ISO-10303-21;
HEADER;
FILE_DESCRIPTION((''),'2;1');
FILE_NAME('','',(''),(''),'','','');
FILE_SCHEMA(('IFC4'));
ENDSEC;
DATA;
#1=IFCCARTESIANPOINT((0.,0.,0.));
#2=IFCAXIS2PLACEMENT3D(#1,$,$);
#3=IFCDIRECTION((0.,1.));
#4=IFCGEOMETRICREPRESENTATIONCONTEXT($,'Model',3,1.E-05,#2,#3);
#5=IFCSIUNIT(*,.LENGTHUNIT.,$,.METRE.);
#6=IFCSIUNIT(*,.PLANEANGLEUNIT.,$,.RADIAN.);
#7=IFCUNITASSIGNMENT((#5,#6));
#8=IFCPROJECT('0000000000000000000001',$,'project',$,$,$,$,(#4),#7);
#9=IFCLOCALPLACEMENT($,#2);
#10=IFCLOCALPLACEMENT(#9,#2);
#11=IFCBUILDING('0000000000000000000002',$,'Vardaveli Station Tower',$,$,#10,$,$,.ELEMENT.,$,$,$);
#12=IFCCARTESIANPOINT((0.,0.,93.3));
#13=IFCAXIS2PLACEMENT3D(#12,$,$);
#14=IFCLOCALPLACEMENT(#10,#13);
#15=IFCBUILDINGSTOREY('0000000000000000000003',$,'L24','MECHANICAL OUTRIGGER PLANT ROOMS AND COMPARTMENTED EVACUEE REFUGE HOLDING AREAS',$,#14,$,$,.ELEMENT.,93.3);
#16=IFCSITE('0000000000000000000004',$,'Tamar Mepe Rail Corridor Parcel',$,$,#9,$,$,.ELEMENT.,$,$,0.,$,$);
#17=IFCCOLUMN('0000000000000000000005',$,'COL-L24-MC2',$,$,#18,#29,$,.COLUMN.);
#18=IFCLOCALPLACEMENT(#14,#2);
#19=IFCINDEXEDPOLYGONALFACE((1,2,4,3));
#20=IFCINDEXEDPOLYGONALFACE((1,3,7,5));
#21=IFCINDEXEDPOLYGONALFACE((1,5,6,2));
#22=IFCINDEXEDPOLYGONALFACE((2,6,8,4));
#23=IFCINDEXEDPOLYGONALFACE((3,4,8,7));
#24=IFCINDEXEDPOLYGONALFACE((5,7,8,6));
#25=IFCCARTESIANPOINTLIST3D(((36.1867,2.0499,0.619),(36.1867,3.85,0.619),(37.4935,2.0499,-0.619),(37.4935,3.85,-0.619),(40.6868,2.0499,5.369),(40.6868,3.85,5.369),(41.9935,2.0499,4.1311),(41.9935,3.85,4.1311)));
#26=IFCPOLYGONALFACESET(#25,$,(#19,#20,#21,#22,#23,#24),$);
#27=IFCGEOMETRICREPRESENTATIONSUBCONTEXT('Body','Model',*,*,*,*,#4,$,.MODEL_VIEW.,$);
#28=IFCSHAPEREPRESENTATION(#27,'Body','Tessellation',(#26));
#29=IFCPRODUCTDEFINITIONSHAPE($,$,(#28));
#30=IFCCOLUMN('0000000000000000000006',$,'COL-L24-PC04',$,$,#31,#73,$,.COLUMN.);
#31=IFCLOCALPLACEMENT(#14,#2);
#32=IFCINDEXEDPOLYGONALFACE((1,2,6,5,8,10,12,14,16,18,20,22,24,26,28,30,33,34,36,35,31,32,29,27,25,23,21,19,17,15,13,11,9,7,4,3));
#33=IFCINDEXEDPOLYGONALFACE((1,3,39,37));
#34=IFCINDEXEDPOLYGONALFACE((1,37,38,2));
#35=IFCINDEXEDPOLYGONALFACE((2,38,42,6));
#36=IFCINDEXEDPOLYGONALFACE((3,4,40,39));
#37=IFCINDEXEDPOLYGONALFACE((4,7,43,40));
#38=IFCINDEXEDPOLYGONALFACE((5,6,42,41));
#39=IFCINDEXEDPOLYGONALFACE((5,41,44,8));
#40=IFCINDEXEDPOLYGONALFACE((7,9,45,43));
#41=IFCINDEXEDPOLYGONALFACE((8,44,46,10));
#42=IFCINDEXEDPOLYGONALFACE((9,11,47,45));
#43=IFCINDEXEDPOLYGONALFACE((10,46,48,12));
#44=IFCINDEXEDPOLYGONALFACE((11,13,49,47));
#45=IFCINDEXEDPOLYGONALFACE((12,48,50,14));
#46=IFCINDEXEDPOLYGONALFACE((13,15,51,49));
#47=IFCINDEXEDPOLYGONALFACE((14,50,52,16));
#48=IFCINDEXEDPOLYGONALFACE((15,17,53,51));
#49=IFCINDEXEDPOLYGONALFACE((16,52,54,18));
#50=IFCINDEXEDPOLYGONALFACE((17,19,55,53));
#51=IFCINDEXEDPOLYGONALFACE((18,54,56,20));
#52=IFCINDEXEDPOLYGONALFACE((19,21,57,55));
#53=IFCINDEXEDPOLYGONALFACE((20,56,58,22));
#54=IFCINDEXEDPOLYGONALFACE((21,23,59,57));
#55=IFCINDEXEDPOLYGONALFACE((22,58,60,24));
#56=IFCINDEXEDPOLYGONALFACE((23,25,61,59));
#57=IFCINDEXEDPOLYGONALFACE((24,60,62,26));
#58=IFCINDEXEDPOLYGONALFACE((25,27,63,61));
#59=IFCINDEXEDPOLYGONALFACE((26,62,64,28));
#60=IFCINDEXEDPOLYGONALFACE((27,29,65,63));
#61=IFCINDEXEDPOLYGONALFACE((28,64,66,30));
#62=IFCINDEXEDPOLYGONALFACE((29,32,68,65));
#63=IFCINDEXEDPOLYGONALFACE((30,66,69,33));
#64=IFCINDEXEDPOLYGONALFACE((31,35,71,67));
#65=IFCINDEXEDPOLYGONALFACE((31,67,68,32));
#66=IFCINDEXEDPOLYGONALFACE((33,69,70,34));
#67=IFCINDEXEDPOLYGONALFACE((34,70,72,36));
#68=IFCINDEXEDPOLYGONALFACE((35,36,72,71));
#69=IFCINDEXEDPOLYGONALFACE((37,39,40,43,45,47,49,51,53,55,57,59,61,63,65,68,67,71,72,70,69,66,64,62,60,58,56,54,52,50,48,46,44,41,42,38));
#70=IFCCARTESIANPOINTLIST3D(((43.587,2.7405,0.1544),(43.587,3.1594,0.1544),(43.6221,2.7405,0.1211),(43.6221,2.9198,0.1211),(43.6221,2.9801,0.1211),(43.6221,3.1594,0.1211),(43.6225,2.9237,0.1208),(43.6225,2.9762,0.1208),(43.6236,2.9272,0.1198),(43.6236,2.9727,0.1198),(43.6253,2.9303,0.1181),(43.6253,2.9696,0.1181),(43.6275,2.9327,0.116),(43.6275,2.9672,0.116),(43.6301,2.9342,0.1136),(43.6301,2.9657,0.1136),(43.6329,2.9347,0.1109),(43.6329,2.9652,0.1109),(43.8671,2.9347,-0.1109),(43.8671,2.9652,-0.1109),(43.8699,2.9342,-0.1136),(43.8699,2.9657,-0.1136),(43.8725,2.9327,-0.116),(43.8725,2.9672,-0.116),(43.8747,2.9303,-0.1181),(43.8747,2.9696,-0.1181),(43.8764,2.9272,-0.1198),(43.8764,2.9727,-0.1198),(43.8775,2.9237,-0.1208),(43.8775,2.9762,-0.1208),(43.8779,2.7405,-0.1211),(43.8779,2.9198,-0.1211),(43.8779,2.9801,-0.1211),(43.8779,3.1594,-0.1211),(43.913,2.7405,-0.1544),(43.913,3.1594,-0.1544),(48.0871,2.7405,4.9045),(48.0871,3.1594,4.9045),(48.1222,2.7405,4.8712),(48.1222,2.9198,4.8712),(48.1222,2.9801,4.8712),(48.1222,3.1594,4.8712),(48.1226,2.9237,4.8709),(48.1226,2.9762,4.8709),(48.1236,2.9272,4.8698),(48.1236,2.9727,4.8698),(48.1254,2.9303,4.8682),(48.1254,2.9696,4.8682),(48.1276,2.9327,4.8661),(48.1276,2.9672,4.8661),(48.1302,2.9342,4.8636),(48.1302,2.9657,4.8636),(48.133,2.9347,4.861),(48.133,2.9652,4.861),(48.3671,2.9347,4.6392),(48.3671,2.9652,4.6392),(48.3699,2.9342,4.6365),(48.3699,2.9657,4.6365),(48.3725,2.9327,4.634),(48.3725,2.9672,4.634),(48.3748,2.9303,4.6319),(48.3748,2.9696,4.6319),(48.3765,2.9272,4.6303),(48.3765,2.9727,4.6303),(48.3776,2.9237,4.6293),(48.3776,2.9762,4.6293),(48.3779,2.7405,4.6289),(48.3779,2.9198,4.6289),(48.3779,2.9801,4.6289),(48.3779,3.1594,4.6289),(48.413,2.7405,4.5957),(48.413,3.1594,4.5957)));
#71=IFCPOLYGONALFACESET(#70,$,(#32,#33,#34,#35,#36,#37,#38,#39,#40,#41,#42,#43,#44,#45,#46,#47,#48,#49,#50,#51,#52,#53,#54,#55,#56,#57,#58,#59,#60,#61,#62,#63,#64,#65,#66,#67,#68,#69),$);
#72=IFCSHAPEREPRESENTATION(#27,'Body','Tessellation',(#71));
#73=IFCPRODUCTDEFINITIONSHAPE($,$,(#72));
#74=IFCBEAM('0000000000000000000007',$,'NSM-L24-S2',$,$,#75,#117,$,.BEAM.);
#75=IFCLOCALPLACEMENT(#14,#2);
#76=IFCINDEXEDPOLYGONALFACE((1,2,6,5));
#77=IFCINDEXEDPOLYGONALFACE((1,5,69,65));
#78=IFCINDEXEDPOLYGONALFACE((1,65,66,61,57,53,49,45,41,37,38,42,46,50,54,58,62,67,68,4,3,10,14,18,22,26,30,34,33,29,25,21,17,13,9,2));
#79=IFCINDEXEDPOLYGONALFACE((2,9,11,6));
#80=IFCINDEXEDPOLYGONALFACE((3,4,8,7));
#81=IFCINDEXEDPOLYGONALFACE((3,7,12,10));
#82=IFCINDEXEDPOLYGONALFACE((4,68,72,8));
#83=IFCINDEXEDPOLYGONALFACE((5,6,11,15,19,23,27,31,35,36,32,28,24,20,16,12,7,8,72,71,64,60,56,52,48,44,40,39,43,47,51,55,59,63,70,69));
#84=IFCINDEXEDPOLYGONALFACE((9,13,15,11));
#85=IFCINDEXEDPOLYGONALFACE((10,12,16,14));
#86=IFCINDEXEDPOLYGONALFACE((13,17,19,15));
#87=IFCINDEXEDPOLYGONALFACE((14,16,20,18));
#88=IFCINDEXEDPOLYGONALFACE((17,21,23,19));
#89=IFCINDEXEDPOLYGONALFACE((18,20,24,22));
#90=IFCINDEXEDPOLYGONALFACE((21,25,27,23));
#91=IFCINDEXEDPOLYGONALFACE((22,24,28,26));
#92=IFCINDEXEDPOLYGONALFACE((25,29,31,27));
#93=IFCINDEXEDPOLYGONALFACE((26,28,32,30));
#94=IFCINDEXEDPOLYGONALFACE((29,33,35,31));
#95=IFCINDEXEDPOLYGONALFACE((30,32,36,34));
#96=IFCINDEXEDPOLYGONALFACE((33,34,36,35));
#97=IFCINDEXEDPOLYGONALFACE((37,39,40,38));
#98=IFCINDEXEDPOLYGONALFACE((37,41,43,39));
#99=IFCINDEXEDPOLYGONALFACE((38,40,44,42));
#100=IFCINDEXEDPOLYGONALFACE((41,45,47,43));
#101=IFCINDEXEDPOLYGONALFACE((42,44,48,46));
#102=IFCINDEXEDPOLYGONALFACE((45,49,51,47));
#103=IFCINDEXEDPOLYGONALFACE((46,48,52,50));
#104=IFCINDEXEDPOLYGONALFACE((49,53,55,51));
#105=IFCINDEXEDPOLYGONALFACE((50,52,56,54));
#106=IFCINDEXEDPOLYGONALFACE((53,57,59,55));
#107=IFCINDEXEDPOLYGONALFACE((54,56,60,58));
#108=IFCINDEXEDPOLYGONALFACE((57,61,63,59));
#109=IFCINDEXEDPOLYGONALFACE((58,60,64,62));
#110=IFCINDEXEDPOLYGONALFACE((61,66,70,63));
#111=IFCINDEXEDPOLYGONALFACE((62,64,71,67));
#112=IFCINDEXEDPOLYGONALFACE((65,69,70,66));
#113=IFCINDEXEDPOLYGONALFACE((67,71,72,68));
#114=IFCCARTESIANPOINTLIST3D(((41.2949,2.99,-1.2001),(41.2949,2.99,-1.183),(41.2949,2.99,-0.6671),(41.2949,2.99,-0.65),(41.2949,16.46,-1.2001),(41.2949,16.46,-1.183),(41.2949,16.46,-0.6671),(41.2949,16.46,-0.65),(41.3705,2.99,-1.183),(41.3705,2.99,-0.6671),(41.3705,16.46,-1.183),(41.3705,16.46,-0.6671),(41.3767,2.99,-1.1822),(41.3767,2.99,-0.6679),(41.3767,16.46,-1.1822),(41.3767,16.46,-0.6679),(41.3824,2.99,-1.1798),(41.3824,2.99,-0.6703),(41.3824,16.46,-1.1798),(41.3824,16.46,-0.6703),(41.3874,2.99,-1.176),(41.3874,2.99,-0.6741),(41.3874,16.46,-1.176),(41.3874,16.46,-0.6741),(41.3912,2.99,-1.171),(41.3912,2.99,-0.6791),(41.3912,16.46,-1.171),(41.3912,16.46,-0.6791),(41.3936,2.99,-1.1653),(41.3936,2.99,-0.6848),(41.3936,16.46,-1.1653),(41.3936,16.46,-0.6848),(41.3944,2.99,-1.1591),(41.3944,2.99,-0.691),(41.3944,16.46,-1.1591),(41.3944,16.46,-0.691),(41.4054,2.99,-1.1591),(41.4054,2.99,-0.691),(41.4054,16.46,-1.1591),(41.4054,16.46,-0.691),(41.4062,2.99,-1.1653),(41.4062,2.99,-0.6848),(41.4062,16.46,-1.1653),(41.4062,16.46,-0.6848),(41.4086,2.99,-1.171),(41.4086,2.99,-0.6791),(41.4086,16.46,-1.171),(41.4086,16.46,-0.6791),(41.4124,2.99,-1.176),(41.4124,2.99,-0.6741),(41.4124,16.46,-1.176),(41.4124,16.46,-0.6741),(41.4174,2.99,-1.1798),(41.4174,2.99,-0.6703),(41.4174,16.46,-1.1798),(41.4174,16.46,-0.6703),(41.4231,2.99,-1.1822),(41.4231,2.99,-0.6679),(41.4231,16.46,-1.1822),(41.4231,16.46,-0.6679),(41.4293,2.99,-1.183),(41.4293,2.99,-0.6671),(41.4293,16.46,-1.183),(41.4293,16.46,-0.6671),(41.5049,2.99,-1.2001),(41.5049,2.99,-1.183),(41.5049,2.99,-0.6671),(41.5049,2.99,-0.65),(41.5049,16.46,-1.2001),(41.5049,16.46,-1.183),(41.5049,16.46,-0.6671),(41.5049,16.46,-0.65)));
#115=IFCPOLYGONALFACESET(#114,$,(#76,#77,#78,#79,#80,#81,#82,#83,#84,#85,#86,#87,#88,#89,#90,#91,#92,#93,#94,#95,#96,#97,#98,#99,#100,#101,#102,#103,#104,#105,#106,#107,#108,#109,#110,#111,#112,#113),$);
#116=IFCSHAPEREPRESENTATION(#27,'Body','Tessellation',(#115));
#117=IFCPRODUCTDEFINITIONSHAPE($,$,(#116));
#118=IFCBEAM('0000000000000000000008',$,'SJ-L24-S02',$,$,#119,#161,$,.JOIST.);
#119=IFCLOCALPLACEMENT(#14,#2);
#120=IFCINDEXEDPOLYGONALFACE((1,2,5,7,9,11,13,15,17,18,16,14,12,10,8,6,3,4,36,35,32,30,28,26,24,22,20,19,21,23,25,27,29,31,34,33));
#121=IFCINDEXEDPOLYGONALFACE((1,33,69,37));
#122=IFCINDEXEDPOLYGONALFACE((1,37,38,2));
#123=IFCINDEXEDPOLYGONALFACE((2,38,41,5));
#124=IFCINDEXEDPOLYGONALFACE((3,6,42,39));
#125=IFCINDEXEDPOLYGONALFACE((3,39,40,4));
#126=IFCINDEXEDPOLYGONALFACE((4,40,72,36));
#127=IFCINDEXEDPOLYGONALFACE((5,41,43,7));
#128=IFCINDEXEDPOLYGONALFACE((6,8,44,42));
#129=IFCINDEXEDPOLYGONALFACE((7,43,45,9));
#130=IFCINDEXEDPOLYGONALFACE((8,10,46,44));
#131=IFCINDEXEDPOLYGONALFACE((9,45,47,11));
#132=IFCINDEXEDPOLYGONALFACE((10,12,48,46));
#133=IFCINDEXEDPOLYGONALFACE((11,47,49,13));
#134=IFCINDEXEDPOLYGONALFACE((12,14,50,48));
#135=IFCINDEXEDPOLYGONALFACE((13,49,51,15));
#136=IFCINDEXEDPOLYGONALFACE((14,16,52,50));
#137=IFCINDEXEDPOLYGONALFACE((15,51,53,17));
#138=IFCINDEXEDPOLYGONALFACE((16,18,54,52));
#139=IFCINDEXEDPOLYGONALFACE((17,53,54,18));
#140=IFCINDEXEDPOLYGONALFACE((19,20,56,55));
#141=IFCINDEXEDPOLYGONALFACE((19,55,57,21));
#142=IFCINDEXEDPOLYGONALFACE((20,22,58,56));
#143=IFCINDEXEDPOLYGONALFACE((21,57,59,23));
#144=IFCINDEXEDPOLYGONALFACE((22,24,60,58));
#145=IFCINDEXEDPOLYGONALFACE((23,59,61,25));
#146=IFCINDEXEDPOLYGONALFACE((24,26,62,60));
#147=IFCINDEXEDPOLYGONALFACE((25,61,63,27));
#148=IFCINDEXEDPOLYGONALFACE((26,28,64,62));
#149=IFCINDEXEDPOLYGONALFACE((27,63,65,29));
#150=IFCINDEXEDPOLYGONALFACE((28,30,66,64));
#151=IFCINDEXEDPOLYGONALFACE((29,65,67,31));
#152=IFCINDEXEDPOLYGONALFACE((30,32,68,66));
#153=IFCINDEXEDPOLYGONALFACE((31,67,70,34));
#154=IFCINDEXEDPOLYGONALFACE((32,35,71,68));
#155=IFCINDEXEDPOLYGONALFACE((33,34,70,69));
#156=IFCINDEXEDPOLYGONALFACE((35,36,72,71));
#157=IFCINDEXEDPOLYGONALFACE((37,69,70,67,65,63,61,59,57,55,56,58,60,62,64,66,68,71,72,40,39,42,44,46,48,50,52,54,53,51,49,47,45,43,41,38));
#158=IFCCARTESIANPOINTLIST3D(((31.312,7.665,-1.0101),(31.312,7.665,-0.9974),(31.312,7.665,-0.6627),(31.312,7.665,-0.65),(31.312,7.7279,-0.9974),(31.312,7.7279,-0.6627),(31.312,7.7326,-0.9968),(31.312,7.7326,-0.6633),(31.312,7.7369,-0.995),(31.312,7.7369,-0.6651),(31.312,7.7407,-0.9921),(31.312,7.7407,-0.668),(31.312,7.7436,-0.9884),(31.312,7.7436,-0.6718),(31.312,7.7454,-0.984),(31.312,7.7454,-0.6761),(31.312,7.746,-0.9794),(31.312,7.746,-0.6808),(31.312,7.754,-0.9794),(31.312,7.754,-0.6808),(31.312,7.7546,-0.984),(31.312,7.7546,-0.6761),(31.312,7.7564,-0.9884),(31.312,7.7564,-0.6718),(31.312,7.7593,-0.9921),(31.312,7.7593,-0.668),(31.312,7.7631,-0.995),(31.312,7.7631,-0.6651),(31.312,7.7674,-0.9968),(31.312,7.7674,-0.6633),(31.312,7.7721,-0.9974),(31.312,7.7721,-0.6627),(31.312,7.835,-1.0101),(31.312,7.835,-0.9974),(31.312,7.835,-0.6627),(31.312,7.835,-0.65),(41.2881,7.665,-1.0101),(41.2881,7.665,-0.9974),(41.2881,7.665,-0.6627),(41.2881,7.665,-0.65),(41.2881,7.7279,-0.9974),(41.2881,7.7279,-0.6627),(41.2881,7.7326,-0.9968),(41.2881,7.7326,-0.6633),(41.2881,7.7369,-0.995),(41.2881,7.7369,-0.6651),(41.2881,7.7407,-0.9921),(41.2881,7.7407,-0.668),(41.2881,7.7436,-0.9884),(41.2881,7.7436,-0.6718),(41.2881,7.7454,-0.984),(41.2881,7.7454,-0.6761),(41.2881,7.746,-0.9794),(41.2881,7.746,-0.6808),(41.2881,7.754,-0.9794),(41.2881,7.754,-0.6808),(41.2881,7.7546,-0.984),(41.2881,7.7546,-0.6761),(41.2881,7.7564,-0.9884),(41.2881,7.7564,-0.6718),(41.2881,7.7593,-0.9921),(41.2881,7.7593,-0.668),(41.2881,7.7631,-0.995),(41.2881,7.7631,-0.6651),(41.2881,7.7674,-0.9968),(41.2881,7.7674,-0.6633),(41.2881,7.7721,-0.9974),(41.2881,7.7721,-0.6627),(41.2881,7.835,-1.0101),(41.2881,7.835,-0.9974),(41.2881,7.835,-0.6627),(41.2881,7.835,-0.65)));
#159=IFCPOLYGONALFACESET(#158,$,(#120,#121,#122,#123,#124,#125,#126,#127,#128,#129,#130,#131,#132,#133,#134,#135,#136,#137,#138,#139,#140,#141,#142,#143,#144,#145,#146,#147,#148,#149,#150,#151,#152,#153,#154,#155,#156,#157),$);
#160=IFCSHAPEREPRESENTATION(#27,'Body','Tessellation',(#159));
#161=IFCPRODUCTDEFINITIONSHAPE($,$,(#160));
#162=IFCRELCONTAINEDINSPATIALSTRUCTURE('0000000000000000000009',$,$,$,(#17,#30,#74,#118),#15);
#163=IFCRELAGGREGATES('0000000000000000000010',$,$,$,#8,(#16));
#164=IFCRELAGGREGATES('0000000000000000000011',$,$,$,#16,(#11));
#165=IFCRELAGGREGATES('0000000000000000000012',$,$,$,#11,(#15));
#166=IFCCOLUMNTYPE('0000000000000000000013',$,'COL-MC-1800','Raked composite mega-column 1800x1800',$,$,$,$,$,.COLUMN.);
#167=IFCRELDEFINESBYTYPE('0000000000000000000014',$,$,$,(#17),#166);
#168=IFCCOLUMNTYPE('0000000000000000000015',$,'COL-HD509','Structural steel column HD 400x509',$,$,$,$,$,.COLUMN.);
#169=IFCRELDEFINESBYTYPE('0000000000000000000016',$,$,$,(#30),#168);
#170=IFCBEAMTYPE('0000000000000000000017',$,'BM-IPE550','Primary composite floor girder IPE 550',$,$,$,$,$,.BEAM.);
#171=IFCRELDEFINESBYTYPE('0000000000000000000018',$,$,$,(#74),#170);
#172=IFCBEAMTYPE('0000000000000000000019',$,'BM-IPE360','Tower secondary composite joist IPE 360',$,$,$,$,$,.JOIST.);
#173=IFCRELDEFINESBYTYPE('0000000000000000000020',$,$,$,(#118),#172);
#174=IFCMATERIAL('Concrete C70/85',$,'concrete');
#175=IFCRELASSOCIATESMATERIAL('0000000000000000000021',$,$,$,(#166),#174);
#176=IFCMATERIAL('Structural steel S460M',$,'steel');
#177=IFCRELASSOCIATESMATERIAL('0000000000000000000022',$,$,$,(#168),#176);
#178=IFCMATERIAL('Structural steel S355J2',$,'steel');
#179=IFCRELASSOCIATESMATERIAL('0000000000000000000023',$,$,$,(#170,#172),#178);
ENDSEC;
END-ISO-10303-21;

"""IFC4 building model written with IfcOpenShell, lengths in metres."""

from ifc_helpers import new_model, si_unit, direction, frame, origin, origin_2d, place, context, subcontext, project, spatial, rectangle, i_section, extrude, source, transform, mapped, material, material_profile, profile_set, type_object, element, save


model = new_model("IFC4")

# Units and contexts
model_context = context("Model", 3, precision=1e-05, world=origin(), true_north=direction((0.0, 1.0)))
body_context = subcontext(model_context, "Body", "Model", "MODEL_VIEW")
ifc_project = project(units=[si_unit("LENGTHUNIT", "METRE"), si_unit("PLANEANGLEUNIT", "RADIAN")], contexts=[model_context])

# Site, building, storey
site_placement = place(None, origin())
site = spatial("IfcSite", under=ifc_project, at=site_placement, Name="Tamar Mepe Rail Corridor Parcel", CompositionType="ELEMENT", RefElevation=0.0)
building_placement = place(site_placement, origin())
building = spatial("IfcBuilding", under=site, at=building_placement, Name="Vardaveli Station Tower", CompositionType="ELEMENT")
storey_placement = place(building_placement, frame((0.0, 0.0, 93.3)))
storey = spatial("IfcBuildingStorey", under=building, at=storey_placement, Name="L24", Description="MECHANICAL OUTRIGGER PLANT ROOMS AND COMPARTMENTED EVACUEE REFUGE HOLDING AREAS", CompositionType="ELEMENT", Elevation=93.3)

# Columns
ifc_material_1 = material(Name="Concrete C70/85", Category="concrete")
ifc_material_profile_1 = material_profile(ifc_material_1, rectangle(XDim=1.8, YDim=1.8, at=origin_2d()), Name="MC 1800x1800")
ifc_profile_set_1 = profile_set([ifc_material_profile_1], Name="Concrete C70/85")
column_type_1 = type_object("IfcColumnType", Name="COL-MC-1800", Description="Raked composite mega-column 1800x1800", PredefinedType="COLUMN", material=ifc_profile_set_1)
shared_shape_1 = source(origin(), body_context, "Body", "SweptSolid", [
    extrude(rectangle(XDim=1.8, YDim=1.8, at=origin_2d()), origin(), (0.0, 0.0, 1.0), 6.5432),
])
column_1_placement = place(storey_placement, frame((36.8401, 2.95, 0.0), z_axis=(0.687745, 0.0, 0.725953), x_axis=(0.0, 1.0, 0.0)))
element("IfcColumn", 1, at=column_1_placement, inside=storey, type_object=column_type_1, Name="COL-L24-MC2", PredefinedType="COLUMN", context=body_context, shape_type="MappedRepresentation", body=[
    mapped(shared_shape_1, transform((0.0, 0.0, 0.0), scale=1.0)),
])
ifc_material_2 = material(Name="Structural steel S460M", Category="steel")
ifc_material_profile_2 = material_profile(ifc_material_2, i_section(OverallWidth=0.4189, OverallDepth=0.449, WebThickness=0.0305, FlangeThickness=0.0483, FilletRadius=0.0149, at=origin_2d()), Name="HD 400x509")
ifc_profile_set_2 = profile_set([ifc_material_profile_2], Name="Structural steel S460M")
column_type_2 = type_object("IfcColumnType", Name="COL-HD509", Description="Structural steel column HD 400x509", PredefinedType="COLUMN", material=ifc_profile_set_2)
shared_shape_2 = source(origin(), body_context, "Body", "SweptSolid", [
    extrude(i_section(OverallWidth=0.4189, OverallDepth=0.449, WebThickness=0.0305, FlangeThickness=0.0483, FilletRadius=0.0149, at=origin_2d()), origin(), (0.0, 0.0, 1.0), 6.5432),
])
column_2_placement = place(storey_placement, frame((43.75, 2.95, 0.0), z_axis=(0.687745, 0.0, 0.725953), x_axis=(0.0, 1.0, 0.0)))
element("IfcColumn", 2, at=column_2_placement, inside=storey, type_object=column_type_2, Name="COL-L24-PC04", PredefinedType="COLUMN", context=body_context, shape_type="MappedRepresentation", body=[
    mapped(shared_shape_2, transform((0.0, 0.0, 0.0), scale=1.0)),
])

# Beams
ifc_material_3 = material(Name="Structural steel S355J2", Category="steel")
ifc_material_profile_3 = material_profile(ifc_material_3, i_section(OverallWidth=0.21, OverallDepth=0.55, WebThickness=0.011, FlangeThickness=0.0171, FilletRadius=0.0239, at=origin_2d()), Name="IPE 550")
ifc_profile_set_3 = profile_set([ifc_material_profile_3], Name="Structural steel S355J2")
beam_type_1 = type_object("IfcBeamType", Name="BM-IPE550", Description="Primary composite floor girder IPE 550", PredefinedType="BEAM", material=ifc_profile_set_3)
shared_shape_3 = source(origin(), body_context, "Body", "SweptSolid", [
    extrude(i_section(OverallWidth=0.21, OverallDepth=0.55, WebThickness=0.011, FlangeThickness=0.0171, FilletRadius=0.0239, at=origin_2d()), origin(), (0.0, 0.0, 1.0), 13.47),
])
beam_1_placement = place(storey_placement, frame((41.3999, 2.99, -0.925), z_axis=(0.0, 1.0, 0.0), x_axis=(-1.0, 0.0, 0.0)))
element("IfcBeam", 3, at=beam_1_placement, inside=storey, type_object=beam_type_1, Name="NSM-L24-S2", PredefinedType="BEAM", context=body_context, shape_type="MappedRepresentation", body=[
    mapped(shared_shape_3, transform((0.0, 0.0, 0.0), scale=1.0)),
])
ifc_material_profile_4 = material_profile(ifc_material_3, i_section(OverallWidth=0.1699, OverallDepth=0.3601, WebThickness=0.0081, FlangeThickness=0.0127, FilletRadius=0.0181, at=origin_2d()), Name="IPE 360")
ifc_profile_set_4 = profile_set([ifc_material_profile_4], Name="Structural steel S355J2")
beam_type_2 = type_object("IfcBeamType", Name="BM-IPE360", Description="Tower secondary composite joist IPE 360", PredefinedType="JOIST", material=ifc_profile_set_4)
shared_shape_4 = source(origin(), body_context, "Body", "SweptSolid", [
    extrude(i_section(OverallWidth=0.1699, OverallDepth=0.3601, WebThickness=0.0081, FlangeThickness=0.0127, FilletRadius=0.0181, at=origin_2d()), origin(), (0.0, 0.0, 1.0), 9.9761),
])
for number, where, z_axis, x_axis, name in (
    (4, (31.312, 7.75, -0.8301), (1.0, 0.0, 0.0), (0.0, 1.0, 0.0), "SJ-L24-S02"),
):
    element("IfcBeam", number, at=place(storey_placement, frame(where, z_axis=z_axis, x_axis=x_axis)), inside=storey, type_object=beam_type_2, Name=name, PredefinedType="JOIST", context=body_context, shape_type="MappedRepresentation", body=[
        mapped(shared_shape_4, transform((0.0, 0.0, 0.0), scale=1.0)),
    ])

save(model, "model.ifc")
